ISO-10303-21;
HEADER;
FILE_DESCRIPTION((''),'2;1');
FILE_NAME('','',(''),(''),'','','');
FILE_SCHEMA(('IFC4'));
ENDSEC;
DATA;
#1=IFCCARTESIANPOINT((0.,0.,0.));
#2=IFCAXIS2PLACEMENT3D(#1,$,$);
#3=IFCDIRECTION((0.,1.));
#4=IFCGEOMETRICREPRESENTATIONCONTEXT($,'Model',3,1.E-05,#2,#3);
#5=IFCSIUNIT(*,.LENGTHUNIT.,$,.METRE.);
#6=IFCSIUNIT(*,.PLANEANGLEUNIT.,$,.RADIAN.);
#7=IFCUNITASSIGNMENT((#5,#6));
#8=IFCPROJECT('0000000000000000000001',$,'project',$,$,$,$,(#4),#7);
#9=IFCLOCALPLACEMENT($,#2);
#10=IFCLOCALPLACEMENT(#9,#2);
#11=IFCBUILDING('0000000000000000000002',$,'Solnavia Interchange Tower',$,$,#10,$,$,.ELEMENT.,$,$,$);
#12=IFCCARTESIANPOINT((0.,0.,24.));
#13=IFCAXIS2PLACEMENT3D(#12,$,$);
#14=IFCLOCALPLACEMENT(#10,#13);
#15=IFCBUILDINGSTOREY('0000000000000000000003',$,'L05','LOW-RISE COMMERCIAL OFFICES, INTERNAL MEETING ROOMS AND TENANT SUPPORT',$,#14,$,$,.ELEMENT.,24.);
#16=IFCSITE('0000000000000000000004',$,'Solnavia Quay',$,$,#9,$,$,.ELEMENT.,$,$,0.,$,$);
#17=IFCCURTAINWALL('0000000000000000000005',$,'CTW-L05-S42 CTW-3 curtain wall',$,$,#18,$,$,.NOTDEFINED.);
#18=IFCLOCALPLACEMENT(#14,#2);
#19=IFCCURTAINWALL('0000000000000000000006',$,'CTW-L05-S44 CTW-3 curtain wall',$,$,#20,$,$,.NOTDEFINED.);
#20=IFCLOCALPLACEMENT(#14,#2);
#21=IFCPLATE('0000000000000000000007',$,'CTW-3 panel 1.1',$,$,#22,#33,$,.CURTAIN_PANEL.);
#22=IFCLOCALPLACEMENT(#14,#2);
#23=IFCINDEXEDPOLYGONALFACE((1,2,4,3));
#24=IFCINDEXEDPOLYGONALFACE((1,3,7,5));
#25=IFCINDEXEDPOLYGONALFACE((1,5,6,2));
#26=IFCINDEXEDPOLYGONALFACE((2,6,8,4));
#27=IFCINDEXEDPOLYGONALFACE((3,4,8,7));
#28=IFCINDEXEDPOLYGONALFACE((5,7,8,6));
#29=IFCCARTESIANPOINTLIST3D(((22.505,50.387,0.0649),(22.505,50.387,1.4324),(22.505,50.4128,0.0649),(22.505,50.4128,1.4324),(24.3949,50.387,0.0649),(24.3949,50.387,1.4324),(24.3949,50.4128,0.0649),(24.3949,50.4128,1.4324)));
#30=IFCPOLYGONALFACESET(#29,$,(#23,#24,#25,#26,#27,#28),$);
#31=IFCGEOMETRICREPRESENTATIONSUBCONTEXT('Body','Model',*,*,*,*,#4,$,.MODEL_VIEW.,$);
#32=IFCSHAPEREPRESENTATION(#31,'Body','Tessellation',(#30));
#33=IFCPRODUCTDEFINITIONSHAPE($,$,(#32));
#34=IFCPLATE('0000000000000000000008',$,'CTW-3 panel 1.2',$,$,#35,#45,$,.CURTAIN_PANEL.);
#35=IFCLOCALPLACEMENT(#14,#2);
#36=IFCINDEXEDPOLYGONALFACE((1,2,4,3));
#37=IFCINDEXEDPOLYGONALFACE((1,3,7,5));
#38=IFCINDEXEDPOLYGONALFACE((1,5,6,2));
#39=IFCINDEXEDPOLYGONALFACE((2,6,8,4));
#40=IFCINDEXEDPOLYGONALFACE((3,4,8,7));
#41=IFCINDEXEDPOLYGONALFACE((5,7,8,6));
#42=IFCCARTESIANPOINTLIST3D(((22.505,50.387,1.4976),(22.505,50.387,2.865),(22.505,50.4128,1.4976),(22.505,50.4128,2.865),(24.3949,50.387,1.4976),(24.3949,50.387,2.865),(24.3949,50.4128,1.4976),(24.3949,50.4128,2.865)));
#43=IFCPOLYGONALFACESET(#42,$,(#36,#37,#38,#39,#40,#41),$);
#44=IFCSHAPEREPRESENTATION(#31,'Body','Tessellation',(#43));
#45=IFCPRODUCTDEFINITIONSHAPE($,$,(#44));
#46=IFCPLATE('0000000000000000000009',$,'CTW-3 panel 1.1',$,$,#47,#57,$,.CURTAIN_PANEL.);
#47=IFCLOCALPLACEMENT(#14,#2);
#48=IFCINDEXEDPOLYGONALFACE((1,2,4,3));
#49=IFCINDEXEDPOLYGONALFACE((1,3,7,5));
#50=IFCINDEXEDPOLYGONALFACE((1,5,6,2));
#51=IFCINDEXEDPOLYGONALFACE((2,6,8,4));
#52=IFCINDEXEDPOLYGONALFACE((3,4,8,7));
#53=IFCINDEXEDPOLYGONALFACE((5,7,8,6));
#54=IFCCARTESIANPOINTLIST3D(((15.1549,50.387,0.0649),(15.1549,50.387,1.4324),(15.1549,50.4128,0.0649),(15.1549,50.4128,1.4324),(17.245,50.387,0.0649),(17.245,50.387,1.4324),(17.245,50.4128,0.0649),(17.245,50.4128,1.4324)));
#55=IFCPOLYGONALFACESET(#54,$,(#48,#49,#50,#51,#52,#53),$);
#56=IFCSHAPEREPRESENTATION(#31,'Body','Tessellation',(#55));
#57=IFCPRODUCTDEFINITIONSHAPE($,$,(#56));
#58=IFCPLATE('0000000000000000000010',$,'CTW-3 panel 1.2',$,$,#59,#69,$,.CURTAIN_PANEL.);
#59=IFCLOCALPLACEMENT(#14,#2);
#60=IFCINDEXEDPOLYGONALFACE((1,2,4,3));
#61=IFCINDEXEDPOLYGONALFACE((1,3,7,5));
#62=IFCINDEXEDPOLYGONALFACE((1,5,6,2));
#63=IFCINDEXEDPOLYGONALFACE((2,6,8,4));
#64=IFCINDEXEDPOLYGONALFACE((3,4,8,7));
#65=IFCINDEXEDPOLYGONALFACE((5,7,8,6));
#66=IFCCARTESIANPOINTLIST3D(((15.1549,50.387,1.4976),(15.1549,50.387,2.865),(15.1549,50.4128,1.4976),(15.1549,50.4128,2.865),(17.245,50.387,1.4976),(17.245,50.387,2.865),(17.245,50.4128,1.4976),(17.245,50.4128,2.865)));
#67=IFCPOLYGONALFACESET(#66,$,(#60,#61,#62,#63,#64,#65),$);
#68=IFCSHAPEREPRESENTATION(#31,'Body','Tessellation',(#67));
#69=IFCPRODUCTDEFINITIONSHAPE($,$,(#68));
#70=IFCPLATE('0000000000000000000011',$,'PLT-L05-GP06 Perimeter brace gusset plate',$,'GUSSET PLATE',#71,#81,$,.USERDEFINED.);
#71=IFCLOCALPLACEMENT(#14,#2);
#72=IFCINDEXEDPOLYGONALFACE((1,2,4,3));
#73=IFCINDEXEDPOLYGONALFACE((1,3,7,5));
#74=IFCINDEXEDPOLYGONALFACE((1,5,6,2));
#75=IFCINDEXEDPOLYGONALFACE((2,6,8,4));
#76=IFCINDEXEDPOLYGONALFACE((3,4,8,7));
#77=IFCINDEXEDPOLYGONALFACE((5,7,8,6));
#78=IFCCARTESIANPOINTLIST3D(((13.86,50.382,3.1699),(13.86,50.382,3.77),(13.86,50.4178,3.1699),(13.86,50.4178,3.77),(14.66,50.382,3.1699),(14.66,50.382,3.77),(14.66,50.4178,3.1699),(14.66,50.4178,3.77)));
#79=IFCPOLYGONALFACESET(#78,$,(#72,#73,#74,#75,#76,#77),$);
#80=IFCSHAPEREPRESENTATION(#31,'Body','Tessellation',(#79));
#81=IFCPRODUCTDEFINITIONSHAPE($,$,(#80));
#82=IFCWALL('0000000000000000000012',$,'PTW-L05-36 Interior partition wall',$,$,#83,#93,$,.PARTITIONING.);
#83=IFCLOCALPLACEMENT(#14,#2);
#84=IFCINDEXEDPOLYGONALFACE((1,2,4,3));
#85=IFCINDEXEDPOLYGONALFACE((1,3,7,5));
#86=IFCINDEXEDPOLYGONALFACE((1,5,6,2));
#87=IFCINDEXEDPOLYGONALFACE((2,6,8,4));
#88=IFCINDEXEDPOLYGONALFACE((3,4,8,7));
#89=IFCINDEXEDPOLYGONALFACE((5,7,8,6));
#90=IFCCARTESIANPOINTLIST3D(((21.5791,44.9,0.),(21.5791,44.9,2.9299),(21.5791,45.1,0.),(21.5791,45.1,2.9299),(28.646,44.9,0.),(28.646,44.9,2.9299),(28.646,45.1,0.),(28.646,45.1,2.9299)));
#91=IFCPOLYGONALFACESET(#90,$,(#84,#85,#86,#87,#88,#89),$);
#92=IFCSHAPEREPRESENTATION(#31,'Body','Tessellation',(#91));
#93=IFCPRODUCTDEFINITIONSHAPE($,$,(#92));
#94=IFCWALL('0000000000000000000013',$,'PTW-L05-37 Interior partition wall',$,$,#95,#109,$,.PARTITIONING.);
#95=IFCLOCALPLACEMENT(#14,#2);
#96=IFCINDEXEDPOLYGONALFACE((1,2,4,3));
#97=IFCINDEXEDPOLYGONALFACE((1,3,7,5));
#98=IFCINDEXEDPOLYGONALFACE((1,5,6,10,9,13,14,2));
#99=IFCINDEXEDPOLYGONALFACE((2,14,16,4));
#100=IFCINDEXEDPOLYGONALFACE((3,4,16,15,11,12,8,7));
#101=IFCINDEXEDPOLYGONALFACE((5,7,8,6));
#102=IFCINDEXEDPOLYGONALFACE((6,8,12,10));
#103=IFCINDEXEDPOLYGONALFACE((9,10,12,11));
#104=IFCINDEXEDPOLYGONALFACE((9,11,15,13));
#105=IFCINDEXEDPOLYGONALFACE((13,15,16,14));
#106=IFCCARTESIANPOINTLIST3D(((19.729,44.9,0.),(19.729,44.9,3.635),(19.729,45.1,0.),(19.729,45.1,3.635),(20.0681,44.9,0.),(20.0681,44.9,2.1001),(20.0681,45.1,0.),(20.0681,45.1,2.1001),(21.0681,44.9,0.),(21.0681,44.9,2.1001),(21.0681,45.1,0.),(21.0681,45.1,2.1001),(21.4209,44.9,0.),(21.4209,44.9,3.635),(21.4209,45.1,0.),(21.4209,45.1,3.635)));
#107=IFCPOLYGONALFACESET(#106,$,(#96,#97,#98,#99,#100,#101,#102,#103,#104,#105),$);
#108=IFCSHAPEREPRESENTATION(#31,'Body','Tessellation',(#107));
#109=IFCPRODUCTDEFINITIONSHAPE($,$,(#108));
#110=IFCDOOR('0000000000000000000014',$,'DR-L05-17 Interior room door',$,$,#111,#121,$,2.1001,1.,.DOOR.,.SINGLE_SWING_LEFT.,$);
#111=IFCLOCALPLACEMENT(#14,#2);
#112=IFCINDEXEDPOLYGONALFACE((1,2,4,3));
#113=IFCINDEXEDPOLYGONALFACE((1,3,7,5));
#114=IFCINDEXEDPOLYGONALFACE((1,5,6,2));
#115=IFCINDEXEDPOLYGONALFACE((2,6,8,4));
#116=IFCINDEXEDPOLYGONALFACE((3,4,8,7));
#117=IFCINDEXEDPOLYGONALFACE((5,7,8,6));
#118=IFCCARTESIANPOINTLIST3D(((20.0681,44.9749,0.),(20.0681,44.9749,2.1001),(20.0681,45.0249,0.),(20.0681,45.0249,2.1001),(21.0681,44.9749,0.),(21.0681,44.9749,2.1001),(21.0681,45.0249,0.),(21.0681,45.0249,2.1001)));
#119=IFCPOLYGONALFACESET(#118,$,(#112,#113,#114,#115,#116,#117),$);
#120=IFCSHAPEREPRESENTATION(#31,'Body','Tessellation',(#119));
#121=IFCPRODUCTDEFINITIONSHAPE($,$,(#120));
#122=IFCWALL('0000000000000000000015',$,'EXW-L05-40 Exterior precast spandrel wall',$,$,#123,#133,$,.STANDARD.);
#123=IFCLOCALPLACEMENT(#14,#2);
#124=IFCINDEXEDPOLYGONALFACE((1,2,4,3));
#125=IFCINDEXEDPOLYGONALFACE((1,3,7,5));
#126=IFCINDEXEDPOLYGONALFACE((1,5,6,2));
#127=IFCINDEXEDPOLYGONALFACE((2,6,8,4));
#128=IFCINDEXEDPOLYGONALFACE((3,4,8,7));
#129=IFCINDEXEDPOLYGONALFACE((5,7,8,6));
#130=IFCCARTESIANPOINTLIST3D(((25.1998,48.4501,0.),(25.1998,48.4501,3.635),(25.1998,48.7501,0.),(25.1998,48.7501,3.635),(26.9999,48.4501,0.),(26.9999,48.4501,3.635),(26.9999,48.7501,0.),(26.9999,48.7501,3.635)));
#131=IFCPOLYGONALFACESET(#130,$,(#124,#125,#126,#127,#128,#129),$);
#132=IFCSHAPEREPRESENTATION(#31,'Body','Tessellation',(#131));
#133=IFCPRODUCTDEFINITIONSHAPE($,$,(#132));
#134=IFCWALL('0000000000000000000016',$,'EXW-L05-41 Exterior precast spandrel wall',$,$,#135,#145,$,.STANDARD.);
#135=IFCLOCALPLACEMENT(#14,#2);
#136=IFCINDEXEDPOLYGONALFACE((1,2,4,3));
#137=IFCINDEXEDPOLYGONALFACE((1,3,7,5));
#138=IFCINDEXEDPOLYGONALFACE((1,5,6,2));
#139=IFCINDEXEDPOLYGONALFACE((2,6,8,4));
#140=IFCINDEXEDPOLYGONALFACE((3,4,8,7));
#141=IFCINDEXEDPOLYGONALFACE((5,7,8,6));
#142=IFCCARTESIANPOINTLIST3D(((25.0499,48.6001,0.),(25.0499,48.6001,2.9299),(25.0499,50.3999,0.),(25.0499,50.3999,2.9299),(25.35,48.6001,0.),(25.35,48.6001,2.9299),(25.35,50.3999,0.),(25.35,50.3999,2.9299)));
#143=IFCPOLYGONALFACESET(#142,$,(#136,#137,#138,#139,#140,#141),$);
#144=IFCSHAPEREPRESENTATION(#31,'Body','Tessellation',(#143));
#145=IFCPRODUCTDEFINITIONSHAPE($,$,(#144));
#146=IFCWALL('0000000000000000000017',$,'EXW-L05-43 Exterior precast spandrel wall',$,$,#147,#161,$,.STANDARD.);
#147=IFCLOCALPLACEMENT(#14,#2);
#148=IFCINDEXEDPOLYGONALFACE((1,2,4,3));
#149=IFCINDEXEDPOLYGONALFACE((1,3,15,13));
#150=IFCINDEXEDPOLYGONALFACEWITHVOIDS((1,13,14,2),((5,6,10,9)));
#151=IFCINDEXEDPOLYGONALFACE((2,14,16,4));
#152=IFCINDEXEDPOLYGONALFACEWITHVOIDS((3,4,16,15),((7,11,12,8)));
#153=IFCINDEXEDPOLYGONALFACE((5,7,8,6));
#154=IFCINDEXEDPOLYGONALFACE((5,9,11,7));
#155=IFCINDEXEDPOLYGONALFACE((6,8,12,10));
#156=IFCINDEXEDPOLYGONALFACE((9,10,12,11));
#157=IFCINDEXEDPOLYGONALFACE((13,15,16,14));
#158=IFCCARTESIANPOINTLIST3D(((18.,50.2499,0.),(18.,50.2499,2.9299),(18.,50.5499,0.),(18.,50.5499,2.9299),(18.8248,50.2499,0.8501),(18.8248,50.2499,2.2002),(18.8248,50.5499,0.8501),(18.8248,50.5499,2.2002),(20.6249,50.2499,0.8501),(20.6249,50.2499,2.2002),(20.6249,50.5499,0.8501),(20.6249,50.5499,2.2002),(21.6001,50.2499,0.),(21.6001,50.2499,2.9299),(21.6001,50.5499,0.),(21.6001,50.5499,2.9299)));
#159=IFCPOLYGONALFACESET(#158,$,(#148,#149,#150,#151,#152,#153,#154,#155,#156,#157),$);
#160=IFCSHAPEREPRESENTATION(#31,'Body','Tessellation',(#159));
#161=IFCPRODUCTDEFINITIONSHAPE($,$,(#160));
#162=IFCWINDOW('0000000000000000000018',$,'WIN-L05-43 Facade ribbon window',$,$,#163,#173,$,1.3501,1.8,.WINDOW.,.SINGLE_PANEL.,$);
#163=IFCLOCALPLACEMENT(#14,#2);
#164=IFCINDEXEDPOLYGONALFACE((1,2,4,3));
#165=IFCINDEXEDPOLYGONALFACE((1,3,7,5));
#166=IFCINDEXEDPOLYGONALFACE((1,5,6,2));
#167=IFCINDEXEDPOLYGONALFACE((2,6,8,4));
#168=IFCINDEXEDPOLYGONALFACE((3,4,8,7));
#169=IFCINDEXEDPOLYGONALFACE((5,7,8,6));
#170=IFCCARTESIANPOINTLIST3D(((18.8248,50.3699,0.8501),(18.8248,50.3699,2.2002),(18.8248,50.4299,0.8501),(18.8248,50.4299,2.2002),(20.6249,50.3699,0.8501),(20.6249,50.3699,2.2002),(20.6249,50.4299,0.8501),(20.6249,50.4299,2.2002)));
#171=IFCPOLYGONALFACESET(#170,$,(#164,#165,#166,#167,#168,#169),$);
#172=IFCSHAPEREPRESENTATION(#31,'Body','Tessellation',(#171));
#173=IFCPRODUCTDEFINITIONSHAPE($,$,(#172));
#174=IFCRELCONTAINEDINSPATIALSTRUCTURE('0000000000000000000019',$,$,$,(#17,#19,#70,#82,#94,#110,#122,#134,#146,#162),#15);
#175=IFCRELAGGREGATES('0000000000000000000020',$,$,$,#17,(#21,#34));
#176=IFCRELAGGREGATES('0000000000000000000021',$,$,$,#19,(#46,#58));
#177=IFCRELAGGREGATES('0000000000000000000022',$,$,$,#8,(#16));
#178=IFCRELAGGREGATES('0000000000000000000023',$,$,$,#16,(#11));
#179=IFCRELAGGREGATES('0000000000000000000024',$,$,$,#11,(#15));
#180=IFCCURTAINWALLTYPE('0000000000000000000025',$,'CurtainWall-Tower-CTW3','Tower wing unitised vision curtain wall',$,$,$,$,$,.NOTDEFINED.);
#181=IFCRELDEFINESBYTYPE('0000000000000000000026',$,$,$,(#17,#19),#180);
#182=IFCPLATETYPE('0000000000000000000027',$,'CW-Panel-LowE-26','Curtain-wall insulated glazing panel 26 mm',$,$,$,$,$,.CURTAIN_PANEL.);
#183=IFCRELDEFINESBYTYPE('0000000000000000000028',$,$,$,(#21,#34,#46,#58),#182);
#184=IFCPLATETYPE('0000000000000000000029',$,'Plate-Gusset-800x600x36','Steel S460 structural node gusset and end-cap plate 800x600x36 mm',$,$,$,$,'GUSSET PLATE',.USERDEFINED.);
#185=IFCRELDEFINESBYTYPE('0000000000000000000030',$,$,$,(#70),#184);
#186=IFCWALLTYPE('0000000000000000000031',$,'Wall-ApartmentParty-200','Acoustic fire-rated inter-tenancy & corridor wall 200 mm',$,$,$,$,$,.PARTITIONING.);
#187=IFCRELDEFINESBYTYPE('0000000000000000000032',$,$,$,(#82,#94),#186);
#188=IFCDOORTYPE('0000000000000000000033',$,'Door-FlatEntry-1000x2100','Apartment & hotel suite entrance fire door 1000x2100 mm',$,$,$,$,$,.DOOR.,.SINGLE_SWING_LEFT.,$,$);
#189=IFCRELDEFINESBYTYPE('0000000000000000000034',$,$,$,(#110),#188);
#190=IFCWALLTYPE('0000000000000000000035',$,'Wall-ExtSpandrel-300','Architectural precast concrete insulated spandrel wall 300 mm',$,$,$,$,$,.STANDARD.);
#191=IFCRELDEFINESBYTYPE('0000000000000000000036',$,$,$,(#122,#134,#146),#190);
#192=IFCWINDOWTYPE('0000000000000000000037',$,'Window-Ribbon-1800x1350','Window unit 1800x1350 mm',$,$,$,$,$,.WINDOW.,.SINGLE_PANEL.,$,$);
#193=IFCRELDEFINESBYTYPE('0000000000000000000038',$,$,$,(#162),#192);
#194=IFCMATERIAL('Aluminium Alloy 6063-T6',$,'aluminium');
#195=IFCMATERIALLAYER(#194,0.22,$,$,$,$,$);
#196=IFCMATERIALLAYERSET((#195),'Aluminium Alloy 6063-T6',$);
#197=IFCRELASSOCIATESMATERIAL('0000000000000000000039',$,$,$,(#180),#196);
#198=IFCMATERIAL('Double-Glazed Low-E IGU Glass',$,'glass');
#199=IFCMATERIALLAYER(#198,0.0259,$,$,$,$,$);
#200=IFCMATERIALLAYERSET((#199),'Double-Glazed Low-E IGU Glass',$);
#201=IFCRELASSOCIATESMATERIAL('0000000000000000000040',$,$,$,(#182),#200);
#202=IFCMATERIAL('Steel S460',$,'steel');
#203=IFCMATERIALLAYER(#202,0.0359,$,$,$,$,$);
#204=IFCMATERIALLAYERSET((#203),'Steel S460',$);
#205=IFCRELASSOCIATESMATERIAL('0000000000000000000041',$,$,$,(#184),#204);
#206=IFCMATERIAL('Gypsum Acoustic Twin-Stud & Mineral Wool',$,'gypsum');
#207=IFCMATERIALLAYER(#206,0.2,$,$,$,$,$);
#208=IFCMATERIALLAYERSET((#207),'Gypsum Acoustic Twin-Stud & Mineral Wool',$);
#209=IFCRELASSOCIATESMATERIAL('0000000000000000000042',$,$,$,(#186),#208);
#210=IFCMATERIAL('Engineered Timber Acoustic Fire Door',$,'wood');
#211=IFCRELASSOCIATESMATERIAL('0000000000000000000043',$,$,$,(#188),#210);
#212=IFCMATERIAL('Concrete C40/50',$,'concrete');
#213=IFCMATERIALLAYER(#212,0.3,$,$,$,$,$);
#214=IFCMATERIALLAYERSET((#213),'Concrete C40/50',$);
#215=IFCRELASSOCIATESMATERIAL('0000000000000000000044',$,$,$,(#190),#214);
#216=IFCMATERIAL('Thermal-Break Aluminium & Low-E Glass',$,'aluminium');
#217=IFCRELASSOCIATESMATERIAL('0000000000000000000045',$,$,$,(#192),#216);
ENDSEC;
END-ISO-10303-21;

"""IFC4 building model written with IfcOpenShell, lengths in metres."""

from ifc_helpers import new_model, si_unit, direction, frame, frame_2d, origin, origin_2d, place, context, subcontext, project, spatial, rectangle, extrude, material, layer, layer_set, type_object, element, fill, aggregate, save


model = new_model("IFC4")

# Units and contexts
model_context = context("Model", 3, precision=1e-05, world=origin(), true_north=direction((0.0, 1.0)))
body_context = subcontext(model_context, "Body", "Model", "MODEL_VIEW")
ifc_project = project(units=[si_unit("LENGTHUNIT", "METRE"), si_unit("PLANEANGLEUNIT", "RADIAN")], contexts=[model_context])

# Site, building, storey
site_placement = place(None, origin())
site = spatial("IfcSite", under=ifc_project, at=site_placement, Name="Solnavia Quay", CompositionType="ELEMENT", RefElevation=0.0)
building_placement = place(site_placement, origin())
building = spatial("IfcBuilding", under=site, at=building_placement, Name="Solnavia Interchange Tower", CompositionType="ELEMENT")
storey_placement = place(building_placement, frame((0.0, 0.0, 24.0)))
storey = spatial("IfcBuildingStorey", under=building, at=storey_placement, Name="L05", Description="LOW-RISE COMMERCIAL OFFICES, INTERNAL MEETING ROOMS AND TENANT SUPPORT", CompositionType="ELEMENT", Elevation=24.0)

# Curtain walls
ifc_material_1 = material(Name="Aluminium Alloy 6063-T6", Category="aluminium")
ifc_layer_1 = layer(ifc_material_1, 0.22)
ifc_layer_set_1 = layer_set([ifc_layer_1], Name="Aluminium Alloy 6063-T6")
curtain_wall_type = type_object("IfcCurtainWallType", Name="CurtainWall-Tower-CTW3", Description="Tower wing unitised vision curtain wall", PredefinedType="NOTDEFINED", material=ifc_layer_set_1)
curtain_wall_1_placement = place(storey_placement, origin())
curtain_wall_1 = element("IfcCurtainWall", 1, at=curtain_wall_1_placement, inside=storey, type_object=curtain_wall_type, Name="CTW-L05-S42 CTW-3 curtain wall", PredefinedType="NOTDEFINED")
curtain_wall_2_placement = place(storey_placement, origin())
curtain_wall_2 = element("IfcCurtainWall", 2, at=curtain_wall_2_placement, inside=storey, type_object=curtain_wall_type, Name="CTW-L05-S44 CTW-3 curtain wall", PredefinedType="NOTDEFINED")

# Plates
ifc_material_2 = material(Name="Double-Glazed Low-E IGU Glass", Category="glass")
ifc_layer_2 = layer(ifc_material_2, 0.0259)
ifc_layer_set_2 = layer_set([ifc_layer_2], Name="Double-Glazed Low-E IGU Glass")
plate_type_1 = type_object("IfcPlateType", Name="CW-Panel-LowE-26", Description="Curtain-wall insulated glazing panel 26 mm", PredefinedType="CURTAIN_PANEL", material=ifc_layer_set_2)
plate_1_placement = place(storey_placement, frame((23.45, 50.3999, 0.0649), z_axis=(0.0, 0.0, 1.0), x_axis=(-1.0, 0.0, 0.0)))
plate_1 = element("IfcPlate", 3, at=plate_1_placement, type_object=plate_type_1, Name="CTW-3 panel 1.1", PredefinedType="CURTAIN_PANEL", context=body_context, shape_type="SweptSolid", body=[
    extrude(rectangle(XDim=1.8899, YDim=0.0259, at=origin_2d()), origin(), (0.0, 0.0, 1.0), 1.3674),
])
plate_2_placement = place(storey_placement, frame((23.45, 50.3999, 1.4976), z_axis=(0.0, 0.0, 1.0), x_axis=(-1.0, 0.0, 0.0)))
plate_2 = element("IfcPlate", 4, at=plate_2_placement, type_object=plate_type_1, Name="CTW-3 panel 1.2", PredefinedType="CURTAIN_PANEL", context=body_context, shape_type="SweptSolid", body=[
    extrude(rectangle(XDim=1.8899, YDim=0.0259, at=origin_2d()), origin(), (0.0, 0.0, 1.0), 1.3674),
])
aggregate(curtain_wall_1, [plate_1, plate_2])
plate_3_placement = place(storey_placement, frame((16.2, 50.3999, 0.0649), z_axis=(0.0, 0.0, 1.0), x_axis=(-1.0, 0.0, 0.0)))
plate_3 = element("IfcPlate", 5, at=plate_3_placement, type_object=plate_type_1, Name="CTW-3 panel 1.1", PredefinedType="CURTAIN_PANEL", context=body_context, shape_type="SweptSolid", body=[
    extrude(rectangle(XDim=2.0901, YDim=0.0259, at=origin_2d()), origin(), (0.0, 0.0, 1.0), 1.3674),
])
plate_4_placement = place(storey_placement, frame((16.2, 50.3999, 1.4976), z_axis=(0.0, 0.0, 1.0), x_axis=(-1.0, 0.0, 0.0)))
plate_4 = element("IfcPlate", 6, at=plate_4_placement, type_object=plate_type_1, Name="CTW-3 panel 1.2", PredefinedType="CURTAIN_PANEL", context=body_context, shape_type="SweptSolid", body=[
    extrude(rectangle(XDim=2.0901, YDim=0.0259, at=origin_2d()), origin(), (0.0, 0.0, 1.0), 1.3674),
])
aggregate(curtain_wall_2, [plate_3, plate_4])
ifc_material_3 = material(Name="Steel S460", Category="steel")
ifc_layer_3 = layer(ifc_material_3, 0.0359)
ifc_layer_set_3 = layer_set([ifc_layer_3], Name="Steel S460")
plate_type_2 = type_object("IfcPlateType", Name="Plate-Gusset-800x600x36", Description="Steel S460 structural node gusset and end-cap plate 800x600x36 mm", ElementType="GUSSET PLATE", PredefinedType="USERDEFINED", material=ifc_layer_set_3)
plate_5_placement = place(storey_placement, frame((14.26, 50.3999, 3.1699), z_axis=(0.0, 0.0, 1.0), x_axis=(1.0, 0.0, 0.0)))
element("IfcPlate", 7, at=plate_5_placement, inside=storey, type_object=plate_type_2, Name="PLT-L05-GP06 Perimeter brace gusset plate", ObjectType="GUSSET PLATE", PredefinedType="USERDEFINED", context=body_context, shape_type="SweptSolid", body=[
    extrude(rectangle(XDim=0.8, YDim=0.0359, at=origin_2d()), origin(), (0.0, 0.0, 1.0), 0.6001),
])

# Wall
ifc_material_4 = material(Name="Gypsum Acoustic Twin-Stud & Mineral Wool", Category="gypsum")
ifc_layer_4 = layer(ifc_material_4, 0.2)
ifc_layer_set_4 = layer_set([ifc_layer_4], Name="Gypsum Acoustic Twin-Stud & Mineral Wool")
wall_type_1 = type_object("IfcWallType", Name="Wall-ApartmentParty-200", Description="Acoustic fire-rated inter-tenancy & corridor wall 200 mm", PredefinedType="PARTITIONING", material=ifc_layer_set_4)
wall_1_placement = place(storey_placement, frame((21.5791, 45.0, 0.0), z_axis=(0.0, 0.0, 1.0), x_axis=(1.0, 0.0, 0.0)))
element("IfcWall", 8, at=wall_1_placement, inside=storey, type_object=wall_type_1, Name="PTW-L05-36 Interior partition wall", PredefinedType="PARTITIONING", context=body_context, shape_type="SweptSolid", body=[
    extrude(rectangle(XDim=7.0669, YDim=0.2, at=frame_2d((3.5334, 0.0))), origin(), (0.0, 0.0, 1.0), 2.9299),
])

# Wall, opening, door
wall_2_placement = place(storey_placement, frame((19.729, 45.0, 0.0), z_axis=(0.0, 0.0, 1.0), x_axis=(1.0, 0.0, 0.0)))
wall_2 = element("IfcWall", 9, at=wall_2_placement, inside=storey, type_object=wall_type_1, Name="PTW-L05-37 Interior partition wall", PredefinedType="PARTITIONING", context=body_context, shape_type="SweptSolid", body=[
    extrude(rectangle(XDim=1.6919, YDim=0.2, at=frame_2d((0.8459, 0.0))), origin(), (0.0, 0.0, 1.0), 3.635),
])
opening_1_placement = place(wall_2_placement, frame((0.3391, 0.0, 0.0)))
opening_1 = element("IfcOpeningElement", 10, at=opening_1_placement, cuts=wall_2, PredefinedType="OPENING", context=body_context, shape_type="SweptSolid", body=[
    extrude(rectangle(XDim=1.0, YDim=2.1001, at=frame_2d((0.5, 1.05))), frame((0.0, 0.1099, 0.0), z_axis=(0.0, -1.0, 0.0), x_axis=(1.0, 0.0, 0.0)), (0.0, 0.0, 1.0), 0.22),
])
ifc_material_5 = material(Name="Engineered Timber Acoustic Fire Door", Category="wood")
door_type = type_object("IfcDoorType", Name="Door-FlatEntry-1000x2100", Description="Apartment & hotel suite entrance fire door 1000x2100 mm", OperationType="SINGLE_SWING_LEFT", PredefinedType="DOOR", material=ifc_material_5)
door_placement = place(opening_1_placement, origin())
door = element("IfcDoor", 11, at=door_placement, inside=storey, type_object=door_type, Name="DR-L05-17 Interior room door", OperationType="SINGLE_SWING_LEFT", OverallHeight=2.1001, OverallWidth=1.0, PredefinedType="DOOR", context=body_context, shape_type="SweptSolid", body=[
    extrude(rectangle(XDim=1.0, YDim=2.1001, at=frame_2d((0.5, 1.05))), frame((0.0, 0.0249, 0.0), z_axis=(0.0, -1.0, 0.0), x_axis=(1.0, 0.0, 0.0)), (0.0, 0.0, 1.0), 0.05),
])
fill(opening_1, door)

# Walls
ifc_material_6 = material(Name="Concrete C40/50", Category="concrete")
ifc_layer_5 = layer(ifc_material_6, 0.3)
ifc_layer_set_5 = layer_set([ifc_layer_5], Name="Concrete C40/50")
wall_type_2 = type_object("IfcWallType", Name="Wall-ExtSpandrel-300", Description="Architectural precast concrete insulated spandrel wall 300 mm", PredefinedType="STANDARD", material=ifc_layer_set_5)
wall_3_placement = place(storey_placement, frame((25.2, 48.6001, 0.0), z_axis=(0.0, 0.0, 1.0), x_axis=(1.0, 0.0, 0.0)))
element("IfcWall", 12, at=wall_3_placement, inside=storey, type_object=wall_type_2, Name="EXW-L05-40 Exterior precast spandrel wall", PredefinedType="STANDARD", context=body_context, shape_type="SweptSolid", body=[
    extrude(rectangle(XDim=1.8, YDim=0.3, at=frame_2d((0.8999, 0.0))), origin(), (0.0, 0.0, 1.0), 3.635),
])
wall_4_placement = place(storey_placement, frame((25.2, 48.6001, 0.0), z_axis=(0.0, 0.0, 1.0), x_axis=(0.0, 1.0, 0.0)))
element("IfcWall", 13, at=wall_4_placement, inside=storey, type_object=wall_type_2, Name="EXW-L05-41 Exterior precast spandrel wall", PredefinedType="STANDARD", context=body_context, shape_type="SweptSolid", body=[
    extrude(rectangle(XDim=1.7998, YDim=0.3, at=frame_2d((0.8999, 0.0))), origin(), (0.0, 0.0, 1.0), 2.9299),
])

# Wall, opening, window
wall_5_placement = place(storey_placement, frame((18.0, 50.3999, 0.0), z_axis=(0.0, 0.0, 1.0), x_axis=(1.0, 0.0, 0.0)))
wall_5 = element("IfcWall", 14, at=wall_5_placement, inside=storey, type_object=wall_type_2, Name="EXW-L05-43 Exterior precast spandrel wall", PredefinedType="STANDARD", context=body_context, shape_type="SweptSolid", body=[
    extrude(rectangle(XDim=3.6001, YDim=0.3, at=frame_2d((1.8, 0.0))), origin(), (0.0, 0.0, 1.0), 2.9299),
])
opening_2_placement = place(wall_5_placement, frame((0.825, 0.0, 0.8501)))
opening_2 = element("IfcOpeningElement", 15, at=opening_2_placement, cuts=wall_5, PredefinedType="OPENING", context=body_context, shape_type="SweptSolid", body=[
    extrude(rectangle(XDim=1.8, YDim=1.3501, at=frame_2d((0.8999, 0.675))), frame((0.0, 0.1602, 0.0), z_axis=(0.0, -1.0, 0.0), x_axis=(1.0, 0.0, 0.0)), (0.0, 0.0, 1.0), 0.3201),
])
ifc_material_7 = material(Name="Thermal-Break Aluminium & Low-E Glass", Category="aluminium")
window_type = type_object("IfcWindowType", Name="Window-Ribbon-1800x1350", Description="Window unit 1800x1350 mm", PartitioningType="SINGLE_PANEL", PredefinedType="WINDOW", material=ifc_material_7)
window_placement = place(opening_2_placement, origin())
window = element("IfcWindow", 16, at=window_placement, inside=storey, type_object=window_type, Name="WIN-L05-43 Facade ribbon window", OverallHeight=1.3501, OverallWidth=1.8, PartitioningType="SINGLE_PANEL", PredefinedType="WINDOW", context=body_context, shape_type="SweptSolid", body=[
    extrude(rectangle(XDim=1.8, YDim=1.3501, at=frame_2d((0.8999, 0.675))), frame((0.0, 0.03, 0.0), z_axis=(0.0, -1.0, 0.0), x_axis=(1.0, 0.0, 0.0)), (0.0, 0.0, 1.0), 0.0601),
])
fill(opening_2, window)

save(model, "model.ifc")
